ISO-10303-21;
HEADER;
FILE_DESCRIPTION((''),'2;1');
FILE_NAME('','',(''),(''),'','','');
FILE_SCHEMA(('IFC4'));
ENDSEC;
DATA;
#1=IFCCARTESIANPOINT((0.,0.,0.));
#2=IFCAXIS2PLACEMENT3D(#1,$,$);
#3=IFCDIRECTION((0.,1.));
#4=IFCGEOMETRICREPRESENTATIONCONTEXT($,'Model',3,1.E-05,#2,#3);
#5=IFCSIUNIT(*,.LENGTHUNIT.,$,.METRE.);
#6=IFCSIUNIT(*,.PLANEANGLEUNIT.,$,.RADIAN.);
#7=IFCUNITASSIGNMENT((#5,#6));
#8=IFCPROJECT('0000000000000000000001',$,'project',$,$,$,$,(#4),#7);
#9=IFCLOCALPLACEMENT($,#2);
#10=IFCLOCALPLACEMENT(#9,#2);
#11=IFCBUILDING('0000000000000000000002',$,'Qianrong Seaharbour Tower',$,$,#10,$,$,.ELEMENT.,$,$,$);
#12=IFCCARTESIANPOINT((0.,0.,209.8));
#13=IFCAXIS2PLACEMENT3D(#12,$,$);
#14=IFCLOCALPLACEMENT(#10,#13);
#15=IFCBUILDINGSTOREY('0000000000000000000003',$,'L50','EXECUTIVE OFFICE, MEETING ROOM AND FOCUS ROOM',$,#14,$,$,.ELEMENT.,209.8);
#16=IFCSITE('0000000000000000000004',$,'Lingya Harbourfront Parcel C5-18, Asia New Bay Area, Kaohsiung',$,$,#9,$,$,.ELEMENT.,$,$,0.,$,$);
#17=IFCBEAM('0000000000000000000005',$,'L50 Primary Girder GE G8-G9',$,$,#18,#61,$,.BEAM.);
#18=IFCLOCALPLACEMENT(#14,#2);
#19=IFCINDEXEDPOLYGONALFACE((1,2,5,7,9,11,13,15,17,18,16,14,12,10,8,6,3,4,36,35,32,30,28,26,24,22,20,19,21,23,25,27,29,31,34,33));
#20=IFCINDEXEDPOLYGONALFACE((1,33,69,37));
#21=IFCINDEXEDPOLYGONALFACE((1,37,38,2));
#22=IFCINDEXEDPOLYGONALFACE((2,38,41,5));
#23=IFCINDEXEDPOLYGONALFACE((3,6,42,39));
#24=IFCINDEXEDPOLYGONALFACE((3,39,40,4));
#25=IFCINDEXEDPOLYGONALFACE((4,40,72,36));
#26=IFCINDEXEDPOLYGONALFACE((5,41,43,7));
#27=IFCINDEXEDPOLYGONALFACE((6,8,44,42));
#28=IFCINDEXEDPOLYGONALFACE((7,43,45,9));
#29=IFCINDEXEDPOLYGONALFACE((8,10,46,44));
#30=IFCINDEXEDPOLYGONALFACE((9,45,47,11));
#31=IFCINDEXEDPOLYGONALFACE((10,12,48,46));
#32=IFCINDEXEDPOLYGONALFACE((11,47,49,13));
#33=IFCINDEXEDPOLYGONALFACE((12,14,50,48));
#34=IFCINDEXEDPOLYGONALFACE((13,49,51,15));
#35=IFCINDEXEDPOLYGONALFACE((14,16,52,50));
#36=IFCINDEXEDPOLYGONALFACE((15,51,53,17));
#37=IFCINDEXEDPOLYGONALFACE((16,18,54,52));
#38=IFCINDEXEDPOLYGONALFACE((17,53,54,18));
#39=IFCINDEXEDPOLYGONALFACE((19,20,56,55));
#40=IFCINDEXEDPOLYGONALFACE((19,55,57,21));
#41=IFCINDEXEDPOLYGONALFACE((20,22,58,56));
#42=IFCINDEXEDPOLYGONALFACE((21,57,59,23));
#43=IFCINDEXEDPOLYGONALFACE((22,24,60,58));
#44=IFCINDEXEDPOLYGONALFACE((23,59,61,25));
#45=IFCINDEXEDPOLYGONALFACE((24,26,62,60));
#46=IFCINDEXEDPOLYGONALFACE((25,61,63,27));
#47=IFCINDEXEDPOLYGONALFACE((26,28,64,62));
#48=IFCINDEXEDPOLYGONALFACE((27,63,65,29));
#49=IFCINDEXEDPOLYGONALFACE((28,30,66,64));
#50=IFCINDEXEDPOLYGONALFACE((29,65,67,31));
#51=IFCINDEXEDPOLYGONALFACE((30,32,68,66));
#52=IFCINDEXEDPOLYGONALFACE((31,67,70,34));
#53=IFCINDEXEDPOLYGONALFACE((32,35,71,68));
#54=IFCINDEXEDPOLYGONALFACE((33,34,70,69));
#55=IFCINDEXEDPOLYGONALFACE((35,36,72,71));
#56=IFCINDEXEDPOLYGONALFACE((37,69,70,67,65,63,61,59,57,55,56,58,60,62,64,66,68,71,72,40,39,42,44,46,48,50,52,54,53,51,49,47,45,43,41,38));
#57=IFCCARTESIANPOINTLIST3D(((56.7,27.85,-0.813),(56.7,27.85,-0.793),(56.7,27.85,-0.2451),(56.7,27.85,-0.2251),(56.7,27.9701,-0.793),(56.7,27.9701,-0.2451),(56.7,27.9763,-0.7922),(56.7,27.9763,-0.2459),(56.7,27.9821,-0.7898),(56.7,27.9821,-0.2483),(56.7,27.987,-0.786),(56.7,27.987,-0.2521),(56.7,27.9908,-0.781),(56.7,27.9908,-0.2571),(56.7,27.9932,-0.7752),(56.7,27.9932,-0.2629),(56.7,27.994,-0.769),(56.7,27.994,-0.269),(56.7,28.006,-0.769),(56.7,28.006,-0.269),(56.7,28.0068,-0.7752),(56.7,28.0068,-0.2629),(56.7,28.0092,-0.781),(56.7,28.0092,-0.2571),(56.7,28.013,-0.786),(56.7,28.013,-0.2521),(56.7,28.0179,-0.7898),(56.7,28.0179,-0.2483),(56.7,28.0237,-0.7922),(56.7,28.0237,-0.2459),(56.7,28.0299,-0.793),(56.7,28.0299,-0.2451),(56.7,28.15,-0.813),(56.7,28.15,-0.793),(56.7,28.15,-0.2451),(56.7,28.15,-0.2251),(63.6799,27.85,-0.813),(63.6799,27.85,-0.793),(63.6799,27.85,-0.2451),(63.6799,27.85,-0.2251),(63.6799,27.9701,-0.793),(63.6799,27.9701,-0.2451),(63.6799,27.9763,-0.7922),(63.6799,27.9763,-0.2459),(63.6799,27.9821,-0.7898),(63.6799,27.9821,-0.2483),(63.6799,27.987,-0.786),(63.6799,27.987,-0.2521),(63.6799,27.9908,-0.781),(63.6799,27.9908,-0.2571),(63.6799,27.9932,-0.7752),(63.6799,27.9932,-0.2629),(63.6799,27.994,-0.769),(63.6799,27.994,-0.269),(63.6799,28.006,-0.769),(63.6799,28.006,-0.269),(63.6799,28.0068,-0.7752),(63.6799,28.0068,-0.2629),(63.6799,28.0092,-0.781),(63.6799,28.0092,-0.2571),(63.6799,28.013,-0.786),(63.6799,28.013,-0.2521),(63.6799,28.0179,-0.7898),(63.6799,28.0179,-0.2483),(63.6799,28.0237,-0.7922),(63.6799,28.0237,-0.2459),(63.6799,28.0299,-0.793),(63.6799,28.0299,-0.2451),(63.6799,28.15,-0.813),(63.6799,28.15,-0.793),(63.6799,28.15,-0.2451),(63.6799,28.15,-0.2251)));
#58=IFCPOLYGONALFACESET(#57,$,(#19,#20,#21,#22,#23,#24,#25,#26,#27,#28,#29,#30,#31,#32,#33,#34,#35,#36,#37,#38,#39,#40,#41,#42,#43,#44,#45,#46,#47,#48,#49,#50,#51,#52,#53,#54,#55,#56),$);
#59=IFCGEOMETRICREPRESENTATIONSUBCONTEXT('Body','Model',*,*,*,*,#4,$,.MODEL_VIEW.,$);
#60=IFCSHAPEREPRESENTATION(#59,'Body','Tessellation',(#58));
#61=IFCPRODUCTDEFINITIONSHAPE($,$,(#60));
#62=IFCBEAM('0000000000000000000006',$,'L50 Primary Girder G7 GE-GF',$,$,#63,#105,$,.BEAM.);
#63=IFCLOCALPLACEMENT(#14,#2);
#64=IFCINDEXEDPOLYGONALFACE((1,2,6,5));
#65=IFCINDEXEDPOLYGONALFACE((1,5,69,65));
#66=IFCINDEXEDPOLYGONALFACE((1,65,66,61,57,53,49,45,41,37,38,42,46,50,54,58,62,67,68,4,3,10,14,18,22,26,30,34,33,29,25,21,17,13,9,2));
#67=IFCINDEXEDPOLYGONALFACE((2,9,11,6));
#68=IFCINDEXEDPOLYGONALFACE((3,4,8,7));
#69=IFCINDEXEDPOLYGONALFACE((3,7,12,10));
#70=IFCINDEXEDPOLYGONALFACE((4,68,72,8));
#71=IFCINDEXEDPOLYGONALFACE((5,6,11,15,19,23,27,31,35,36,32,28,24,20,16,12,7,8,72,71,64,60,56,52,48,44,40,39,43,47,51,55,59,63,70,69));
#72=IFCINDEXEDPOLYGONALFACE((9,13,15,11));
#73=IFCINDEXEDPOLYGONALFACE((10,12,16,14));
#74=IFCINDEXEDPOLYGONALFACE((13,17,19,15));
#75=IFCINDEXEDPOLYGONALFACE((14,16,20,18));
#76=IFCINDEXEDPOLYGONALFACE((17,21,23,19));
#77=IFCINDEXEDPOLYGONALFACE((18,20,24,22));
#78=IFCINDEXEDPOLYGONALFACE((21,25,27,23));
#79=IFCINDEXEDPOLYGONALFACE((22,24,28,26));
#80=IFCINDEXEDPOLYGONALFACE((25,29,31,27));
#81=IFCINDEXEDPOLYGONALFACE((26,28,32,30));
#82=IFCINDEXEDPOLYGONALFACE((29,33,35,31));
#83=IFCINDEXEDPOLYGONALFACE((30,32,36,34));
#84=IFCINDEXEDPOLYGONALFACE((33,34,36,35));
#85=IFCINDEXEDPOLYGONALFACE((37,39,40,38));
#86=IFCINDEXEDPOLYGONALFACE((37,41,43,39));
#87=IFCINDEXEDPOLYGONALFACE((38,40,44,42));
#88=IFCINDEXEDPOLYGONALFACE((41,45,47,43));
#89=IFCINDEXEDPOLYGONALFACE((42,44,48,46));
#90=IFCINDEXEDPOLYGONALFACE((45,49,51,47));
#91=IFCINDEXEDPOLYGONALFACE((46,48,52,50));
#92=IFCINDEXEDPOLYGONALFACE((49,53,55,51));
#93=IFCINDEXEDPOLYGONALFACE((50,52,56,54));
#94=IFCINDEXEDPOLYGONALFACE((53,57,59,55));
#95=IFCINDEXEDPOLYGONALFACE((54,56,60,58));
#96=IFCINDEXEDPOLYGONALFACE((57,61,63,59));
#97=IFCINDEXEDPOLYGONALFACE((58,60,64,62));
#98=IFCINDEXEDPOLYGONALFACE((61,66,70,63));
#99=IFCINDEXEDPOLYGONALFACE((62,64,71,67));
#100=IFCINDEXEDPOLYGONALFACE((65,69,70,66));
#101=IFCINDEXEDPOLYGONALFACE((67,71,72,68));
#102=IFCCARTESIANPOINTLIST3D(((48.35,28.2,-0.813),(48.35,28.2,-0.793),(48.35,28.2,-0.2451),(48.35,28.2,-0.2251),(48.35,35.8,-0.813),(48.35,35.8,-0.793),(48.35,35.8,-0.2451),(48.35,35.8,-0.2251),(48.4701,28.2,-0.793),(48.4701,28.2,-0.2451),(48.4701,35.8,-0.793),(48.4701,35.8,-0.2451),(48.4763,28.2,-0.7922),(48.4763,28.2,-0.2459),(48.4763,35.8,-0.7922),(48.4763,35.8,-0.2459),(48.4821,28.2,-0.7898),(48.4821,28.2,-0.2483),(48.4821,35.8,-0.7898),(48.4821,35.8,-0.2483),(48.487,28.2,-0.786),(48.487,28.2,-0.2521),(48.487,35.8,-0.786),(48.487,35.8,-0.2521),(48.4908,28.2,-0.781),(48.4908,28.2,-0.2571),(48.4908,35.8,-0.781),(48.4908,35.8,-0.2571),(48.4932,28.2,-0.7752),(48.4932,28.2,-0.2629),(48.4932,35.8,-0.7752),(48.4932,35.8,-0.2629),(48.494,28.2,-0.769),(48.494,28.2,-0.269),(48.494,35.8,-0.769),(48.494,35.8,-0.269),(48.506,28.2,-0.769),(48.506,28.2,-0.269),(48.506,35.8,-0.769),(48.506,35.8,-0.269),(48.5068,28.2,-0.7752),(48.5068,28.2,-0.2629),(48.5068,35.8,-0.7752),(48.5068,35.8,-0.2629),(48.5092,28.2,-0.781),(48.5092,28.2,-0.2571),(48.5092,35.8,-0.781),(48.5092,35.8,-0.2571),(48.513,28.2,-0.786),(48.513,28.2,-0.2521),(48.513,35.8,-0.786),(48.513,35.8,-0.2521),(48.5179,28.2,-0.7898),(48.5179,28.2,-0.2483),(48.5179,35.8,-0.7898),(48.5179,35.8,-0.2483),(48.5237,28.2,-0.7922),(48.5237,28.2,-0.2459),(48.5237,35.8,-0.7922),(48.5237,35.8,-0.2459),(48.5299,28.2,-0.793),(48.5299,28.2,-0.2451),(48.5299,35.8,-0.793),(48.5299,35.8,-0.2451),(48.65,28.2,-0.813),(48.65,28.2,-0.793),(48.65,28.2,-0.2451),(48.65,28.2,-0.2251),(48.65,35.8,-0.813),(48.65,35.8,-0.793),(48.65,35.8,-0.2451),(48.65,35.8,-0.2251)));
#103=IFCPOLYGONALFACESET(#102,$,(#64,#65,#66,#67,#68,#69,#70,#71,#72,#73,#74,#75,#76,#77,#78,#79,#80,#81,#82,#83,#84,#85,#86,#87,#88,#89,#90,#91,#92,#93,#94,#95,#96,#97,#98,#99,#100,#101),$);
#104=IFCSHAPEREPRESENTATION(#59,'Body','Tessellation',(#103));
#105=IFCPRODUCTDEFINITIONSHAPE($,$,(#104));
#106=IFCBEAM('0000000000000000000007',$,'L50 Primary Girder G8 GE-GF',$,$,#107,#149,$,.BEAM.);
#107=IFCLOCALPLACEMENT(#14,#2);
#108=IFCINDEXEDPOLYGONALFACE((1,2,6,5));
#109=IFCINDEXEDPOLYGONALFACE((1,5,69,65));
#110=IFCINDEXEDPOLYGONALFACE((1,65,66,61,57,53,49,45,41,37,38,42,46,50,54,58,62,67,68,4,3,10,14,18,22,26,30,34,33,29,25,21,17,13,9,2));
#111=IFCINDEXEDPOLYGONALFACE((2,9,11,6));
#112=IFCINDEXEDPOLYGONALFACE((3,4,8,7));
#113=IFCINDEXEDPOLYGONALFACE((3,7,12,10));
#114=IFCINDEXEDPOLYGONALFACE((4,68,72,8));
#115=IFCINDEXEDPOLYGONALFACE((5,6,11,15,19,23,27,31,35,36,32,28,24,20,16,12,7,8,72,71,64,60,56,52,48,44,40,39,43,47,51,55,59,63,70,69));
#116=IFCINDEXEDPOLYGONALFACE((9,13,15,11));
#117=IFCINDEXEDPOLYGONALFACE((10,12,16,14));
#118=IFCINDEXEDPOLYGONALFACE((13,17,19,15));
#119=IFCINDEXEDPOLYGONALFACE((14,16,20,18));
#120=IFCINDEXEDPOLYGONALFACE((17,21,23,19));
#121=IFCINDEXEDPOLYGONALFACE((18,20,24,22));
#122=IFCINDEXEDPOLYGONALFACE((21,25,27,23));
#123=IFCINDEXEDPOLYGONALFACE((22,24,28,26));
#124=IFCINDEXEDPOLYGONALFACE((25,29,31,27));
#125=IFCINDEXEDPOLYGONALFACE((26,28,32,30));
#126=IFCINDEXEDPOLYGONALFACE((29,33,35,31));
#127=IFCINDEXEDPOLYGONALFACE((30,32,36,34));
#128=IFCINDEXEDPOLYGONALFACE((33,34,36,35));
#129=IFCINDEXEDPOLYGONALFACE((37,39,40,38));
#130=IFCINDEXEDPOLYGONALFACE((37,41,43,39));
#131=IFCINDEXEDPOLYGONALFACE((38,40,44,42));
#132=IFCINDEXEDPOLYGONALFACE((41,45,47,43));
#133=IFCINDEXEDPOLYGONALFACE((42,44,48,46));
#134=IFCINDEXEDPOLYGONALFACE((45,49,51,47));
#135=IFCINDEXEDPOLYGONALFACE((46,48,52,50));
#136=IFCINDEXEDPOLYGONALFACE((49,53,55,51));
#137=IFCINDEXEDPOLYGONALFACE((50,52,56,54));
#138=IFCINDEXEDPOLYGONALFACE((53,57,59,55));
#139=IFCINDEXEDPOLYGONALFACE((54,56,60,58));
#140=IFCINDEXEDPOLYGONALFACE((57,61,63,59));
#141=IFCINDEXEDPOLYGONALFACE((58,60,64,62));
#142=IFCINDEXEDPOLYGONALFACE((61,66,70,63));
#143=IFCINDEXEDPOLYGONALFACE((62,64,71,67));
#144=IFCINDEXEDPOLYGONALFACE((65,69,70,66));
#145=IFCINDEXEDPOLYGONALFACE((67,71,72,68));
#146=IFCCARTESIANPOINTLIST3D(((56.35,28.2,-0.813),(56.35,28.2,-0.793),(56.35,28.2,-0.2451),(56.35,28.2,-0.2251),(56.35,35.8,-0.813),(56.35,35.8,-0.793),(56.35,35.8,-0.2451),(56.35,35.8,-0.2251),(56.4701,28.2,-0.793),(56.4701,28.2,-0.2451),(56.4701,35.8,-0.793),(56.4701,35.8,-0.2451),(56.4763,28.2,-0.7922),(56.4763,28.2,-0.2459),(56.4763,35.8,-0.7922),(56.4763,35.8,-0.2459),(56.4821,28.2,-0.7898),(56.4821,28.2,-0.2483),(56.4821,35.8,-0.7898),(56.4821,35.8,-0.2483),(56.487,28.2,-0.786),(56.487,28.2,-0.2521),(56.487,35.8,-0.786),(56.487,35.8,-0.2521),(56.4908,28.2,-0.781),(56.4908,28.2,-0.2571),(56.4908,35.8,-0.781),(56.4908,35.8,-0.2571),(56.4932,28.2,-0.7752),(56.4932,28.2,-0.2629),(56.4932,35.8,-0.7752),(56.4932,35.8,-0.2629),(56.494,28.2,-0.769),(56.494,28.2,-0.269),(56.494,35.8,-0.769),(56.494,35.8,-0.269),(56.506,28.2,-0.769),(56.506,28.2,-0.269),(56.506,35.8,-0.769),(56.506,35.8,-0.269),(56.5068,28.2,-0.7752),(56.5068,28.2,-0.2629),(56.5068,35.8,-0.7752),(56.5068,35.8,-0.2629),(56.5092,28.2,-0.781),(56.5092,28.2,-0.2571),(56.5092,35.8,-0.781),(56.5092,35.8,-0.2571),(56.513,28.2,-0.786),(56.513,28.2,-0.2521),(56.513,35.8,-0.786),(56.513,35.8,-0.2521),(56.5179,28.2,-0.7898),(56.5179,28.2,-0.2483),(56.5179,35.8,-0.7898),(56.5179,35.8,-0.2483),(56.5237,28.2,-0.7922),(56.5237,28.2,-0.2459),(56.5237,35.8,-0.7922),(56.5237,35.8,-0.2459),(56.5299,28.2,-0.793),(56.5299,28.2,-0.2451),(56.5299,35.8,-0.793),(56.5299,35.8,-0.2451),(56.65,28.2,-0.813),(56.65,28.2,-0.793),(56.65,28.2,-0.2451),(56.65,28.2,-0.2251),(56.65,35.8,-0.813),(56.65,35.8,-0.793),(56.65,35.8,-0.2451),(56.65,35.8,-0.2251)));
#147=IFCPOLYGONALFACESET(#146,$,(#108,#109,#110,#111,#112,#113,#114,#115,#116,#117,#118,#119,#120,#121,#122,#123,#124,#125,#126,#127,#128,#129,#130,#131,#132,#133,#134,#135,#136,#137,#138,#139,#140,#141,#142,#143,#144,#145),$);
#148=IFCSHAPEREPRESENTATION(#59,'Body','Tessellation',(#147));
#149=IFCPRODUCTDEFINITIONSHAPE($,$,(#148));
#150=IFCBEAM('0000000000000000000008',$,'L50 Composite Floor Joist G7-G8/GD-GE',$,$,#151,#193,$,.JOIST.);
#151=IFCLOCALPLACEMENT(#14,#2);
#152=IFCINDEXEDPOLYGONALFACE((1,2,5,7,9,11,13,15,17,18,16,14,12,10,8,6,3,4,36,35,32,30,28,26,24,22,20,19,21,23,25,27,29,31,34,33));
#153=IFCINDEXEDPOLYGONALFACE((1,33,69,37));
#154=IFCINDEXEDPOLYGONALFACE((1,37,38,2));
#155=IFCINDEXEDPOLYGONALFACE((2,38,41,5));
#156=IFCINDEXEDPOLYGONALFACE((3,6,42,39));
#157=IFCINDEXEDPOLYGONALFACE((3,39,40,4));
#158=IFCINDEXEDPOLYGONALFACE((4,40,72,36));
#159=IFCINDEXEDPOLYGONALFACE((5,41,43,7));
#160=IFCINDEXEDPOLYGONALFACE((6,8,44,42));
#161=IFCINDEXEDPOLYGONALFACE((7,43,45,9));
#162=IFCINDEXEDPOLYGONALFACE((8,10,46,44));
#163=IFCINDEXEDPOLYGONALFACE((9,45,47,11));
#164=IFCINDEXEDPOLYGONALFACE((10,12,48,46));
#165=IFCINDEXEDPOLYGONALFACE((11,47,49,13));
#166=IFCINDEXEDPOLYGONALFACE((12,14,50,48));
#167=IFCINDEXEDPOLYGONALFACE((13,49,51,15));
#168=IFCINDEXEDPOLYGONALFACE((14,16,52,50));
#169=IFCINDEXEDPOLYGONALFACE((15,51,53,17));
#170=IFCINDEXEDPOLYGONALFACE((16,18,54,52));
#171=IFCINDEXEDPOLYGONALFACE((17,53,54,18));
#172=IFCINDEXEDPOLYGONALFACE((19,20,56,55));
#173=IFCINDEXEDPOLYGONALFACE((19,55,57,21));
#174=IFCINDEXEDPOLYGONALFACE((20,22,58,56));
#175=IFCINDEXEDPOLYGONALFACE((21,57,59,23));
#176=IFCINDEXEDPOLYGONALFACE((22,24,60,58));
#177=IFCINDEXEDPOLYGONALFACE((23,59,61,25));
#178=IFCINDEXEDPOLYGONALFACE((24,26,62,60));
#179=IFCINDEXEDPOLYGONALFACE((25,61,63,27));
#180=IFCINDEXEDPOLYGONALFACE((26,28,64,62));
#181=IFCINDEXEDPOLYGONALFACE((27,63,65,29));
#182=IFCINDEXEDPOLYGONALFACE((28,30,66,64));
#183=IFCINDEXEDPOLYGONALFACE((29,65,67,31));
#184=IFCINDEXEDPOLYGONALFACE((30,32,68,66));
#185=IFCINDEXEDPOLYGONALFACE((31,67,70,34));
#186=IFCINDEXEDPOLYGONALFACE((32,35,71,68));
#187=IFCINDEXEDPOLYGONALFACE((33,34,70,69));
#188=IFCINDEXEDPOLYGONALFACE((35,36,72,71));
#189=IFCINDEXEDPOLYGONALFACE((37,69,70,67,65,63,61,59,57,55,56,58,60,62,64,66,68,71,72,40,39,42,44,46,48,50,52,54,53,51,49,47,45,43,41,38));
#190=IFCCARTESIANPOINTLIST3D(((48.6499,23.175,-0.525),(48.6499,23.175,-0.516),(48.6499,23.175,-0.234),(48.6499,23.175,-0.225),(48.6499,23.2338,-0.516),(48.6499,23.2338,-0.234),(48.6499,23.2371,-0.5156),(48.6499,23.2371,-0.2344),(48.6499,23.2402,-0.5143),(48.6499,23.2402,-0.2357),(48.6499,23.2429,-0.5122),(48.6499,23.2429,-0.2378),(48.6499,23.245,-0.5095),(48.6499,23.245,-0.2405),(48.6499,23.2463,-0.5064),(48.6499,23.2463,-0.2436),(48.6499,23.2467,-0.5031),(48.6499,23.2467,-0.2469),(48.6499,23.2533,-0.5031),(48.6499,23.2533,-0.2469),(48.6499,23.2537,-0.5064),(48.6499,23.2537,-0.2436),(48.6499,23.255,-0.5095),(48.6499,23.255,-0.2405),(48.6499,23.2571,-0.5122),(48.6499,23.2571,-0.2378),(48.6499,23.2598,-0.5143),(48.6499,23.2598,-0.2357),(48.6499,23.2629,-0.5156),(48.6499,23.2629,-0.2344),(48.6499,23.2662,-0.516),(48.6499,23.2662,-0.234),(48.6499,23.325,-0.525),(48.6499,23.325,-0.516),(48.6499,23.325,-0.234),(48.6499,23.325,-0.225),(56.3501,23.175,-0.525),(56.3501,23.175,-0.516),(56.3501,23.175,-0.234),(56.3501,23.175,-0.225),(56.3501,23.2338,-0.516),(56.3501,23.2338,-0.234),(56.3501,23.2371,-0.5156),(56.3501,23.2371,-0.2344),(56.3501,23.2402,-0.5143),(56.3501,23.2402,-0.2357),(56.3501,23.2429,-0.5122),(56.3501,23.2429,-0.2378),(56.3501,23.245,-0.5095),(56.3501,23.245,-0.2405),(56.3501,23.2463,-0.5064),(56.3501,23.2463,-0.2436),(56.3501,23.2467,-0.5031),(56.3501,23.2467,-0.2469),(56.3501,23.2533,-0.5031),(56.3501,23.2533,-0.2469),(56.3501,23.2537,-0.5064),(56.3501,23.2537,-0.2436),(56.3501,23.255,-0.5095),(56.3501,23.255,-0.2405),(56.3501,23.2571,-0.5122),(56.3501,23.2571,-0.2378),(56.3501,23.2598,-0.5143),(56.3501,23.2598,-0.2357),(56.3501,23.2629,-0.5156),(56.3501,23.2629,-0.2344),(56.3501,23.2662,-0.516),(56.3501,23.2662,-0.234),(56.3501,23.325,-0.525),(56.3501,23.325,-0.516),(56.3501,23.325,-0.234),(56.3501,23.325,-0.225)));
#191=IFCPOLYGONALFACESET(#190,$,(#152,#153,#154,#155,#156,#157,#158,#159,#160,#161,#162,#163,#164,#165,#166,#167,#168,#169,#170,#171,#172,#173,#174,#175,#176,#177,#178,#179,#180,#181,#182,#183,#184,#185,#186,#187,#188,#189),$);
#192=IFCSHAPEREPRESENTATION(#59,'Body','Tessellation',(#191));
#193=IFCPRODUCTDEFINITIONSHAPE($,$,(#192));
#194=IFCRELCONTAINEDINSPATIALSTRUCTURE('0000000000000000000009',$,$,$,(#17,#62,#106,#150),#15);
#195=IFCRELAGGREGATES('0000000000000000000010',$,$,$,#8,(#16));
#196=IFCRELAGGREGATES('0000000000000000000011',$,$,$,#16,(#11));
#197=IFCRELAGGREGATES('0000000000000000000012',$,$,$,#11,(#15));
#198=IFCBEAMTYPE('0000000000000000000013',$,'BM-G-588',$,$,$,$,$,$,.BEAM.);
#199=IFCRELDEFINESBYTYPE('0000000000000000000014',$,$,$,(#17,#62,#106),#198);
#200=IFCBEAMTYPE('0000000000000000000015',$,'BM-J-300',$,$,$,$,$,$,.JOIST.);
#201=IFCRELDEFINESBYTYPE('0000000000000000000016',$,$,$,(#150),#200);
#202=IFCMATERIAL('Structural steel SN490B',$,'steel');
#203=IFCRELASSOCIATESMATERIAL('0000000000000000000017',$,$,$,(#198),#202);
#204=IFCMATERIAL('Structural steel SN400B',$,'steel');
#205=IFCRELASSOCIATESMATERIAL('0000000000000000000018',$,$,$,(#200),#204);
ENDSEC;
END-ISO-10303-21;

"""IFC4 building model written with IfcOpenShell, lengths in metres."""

from ifc_helpers import new_model, si_unit, direction, frame, origin, origin_2d, place, context, subcontext, project, spatial, i_section, extrude, material, material_profile, profile_set, type_object, element, save


model = new_model("IFC4")

# Units and contexts
model_context = context("Model", 3, precision=1e-05, world=origin(), true_north=direction((0.0, 1.0)))
body_context = subcontext(model_context, "Body", "Model", "MODEL_VIEW")
ifc_project = project(units=[si_unit("LENGTHUNIT", "METRE"), si_unit("PLANEANGLEUNIT", "RADIAN")], contexts=[model_context])

# Site, building, storey
site_placement = place(None, origin())
site = spatial("IfcSite", under=ifc_project, at=site_placement, Name="Lingya Harbourfront Parcel C5-18, Asia New Bay Area, Kaohsiung", CompositionType="ELEMENT", RefElevation=0.0)
building_placement = place(site_placement, origin())
building = spatial("IfcBuilding", under=site, at=building_placement, Name="Qianrong Seaharbour Tower", CompositionType="ELEMENT")
storey_placement = place(building_placement, frame((0.0, 0.0, 209.8)))
storey = spatial("IfcBuildingStorey", under=building, at=storey_placement, Name="L50", Description="EXECUTIVE OFFICE, MEETING ROOM AND FOCUS ROOM", CompositionType="ELEMENT", Elevation=209.8)

# Shared definitions
ifc_material_1 = material(Name="Structural steel SN490B", Category="steel")

# Beams
ifc_material_profile_1 = material_profile(ifc_material_1, i_section(OverallWidth=0.3, OverallDepth=0.5879, WebThickness=0.012, FlangeThickness=0.02, FilletRadius=0.0239, at=origin_2d()), Name="H588x300x12x20")
ifc_profile_set_1 = profile_set([ifc_material_profile_1], Name="Structural steel SN490B")
beam_type_1 = type_object("IfcBeamType", Name="BM-G-588", PredefinedType="BEAM", material=ifc_profile_set_1)
beam_1_placement = place(storey_placement, frame((56.7, 28.0, -0.519), z_axis=(1.0, 0.0, 0.0), x_axis=(0.0, 1.0, 0.0)))
element("IfcBeam", 1, at=beam_1_placement, inside=storey, type_object=beam_type_1, Name="L50 Primary Girder GE G8-G9", PredefinedType="BEAM", context=body_context, shape_type="SweptSolid", body=[
    extrude(i_section(OverallWidth=0.3, OverallDepth=0.5879, WebThickness=0.012, FlangeThickness=0.02, FilletRadius=0.0239, at=origin_2d()), origin(), (0.0, 0.0, 1.0), 6.98),
])
for number, where, z_axis, x_axis, name in (
    (2, (48.5, 28.2, -0.519), (0.0, 1.0, 0.0), (-1.0, 0.0, 0.0), "L50 Primary Girder G7 GE-GF"),
    (3, (56.5, 28.2, -0.519), (0.0, 1.0, 0.0), (-1.0, 0.0, 0.0), "L50 Primary Girder G8 GE-GF"),
):
    element("IfcBeam", number, at=place(storey_placement, frame(where, z_axis=z_axis, x_axis=x_axis)), inside=storey, type_object=beam_type_1, Name=name, PredefinedType="BEAM", context=body_context, shape_type="SweptSolid", body=[
        extrude(i_section(OverallWidth=0.3, OverallDepth=0.5879, WebThickness=0.012, FlangeThickness=0.02, FilletRadius=0.0239, at=origin_2d()), origin(), (0.0, 0.0, 1.0), 7.6001),
    ])
ifc_material_2 = material(Name="Structural steel SN400B", Category="steel")
ifc_material_profile_2 = material_profile(ifc_material_2, i_section(OverallWidth=0.1499, OverallDepth=0.3, WebThickness=0.0066, FlangeThickness=0.009, FilletRadius=0.0129, at=origin_2d()), Name="H300x150x6.5x9")
ifc_profile_set_2 = profile_set([ifc_material_profile_2], Name="Structural steel SN400B")
beam_type_2 = type_object("IfcBeamType", Name="BM-J-300", PredefinedType="JOIST", material=ifc_profile_set_2)
beam_2_placement = place(storey_placement, frame((48.6499, 23.25, -0.375), z_axis=(1.0, 0.0, 0.0), x_axis=(0.0, 1.0, 0.0)))
element("IfcBeam", 4, at=beam_2_placement, inside=storey, type_object=beam_type_2, Name="L50 Composite Floor Joist G7-G8/GD-GE", PredefinedType="JOIST", context=body_context, shape_type="SweptSolid", body=[
    extrude(i_section(OverallWidth=0.1499, OverallDepth=0.3, WebThickness=0.0066, FlangeThickness=0.009, FilletRadius=0.0129, at=origin_2d()), origin(), (0.0, 0.0, 1.0), 7.7002),
])

save(model, "model.ifc")
